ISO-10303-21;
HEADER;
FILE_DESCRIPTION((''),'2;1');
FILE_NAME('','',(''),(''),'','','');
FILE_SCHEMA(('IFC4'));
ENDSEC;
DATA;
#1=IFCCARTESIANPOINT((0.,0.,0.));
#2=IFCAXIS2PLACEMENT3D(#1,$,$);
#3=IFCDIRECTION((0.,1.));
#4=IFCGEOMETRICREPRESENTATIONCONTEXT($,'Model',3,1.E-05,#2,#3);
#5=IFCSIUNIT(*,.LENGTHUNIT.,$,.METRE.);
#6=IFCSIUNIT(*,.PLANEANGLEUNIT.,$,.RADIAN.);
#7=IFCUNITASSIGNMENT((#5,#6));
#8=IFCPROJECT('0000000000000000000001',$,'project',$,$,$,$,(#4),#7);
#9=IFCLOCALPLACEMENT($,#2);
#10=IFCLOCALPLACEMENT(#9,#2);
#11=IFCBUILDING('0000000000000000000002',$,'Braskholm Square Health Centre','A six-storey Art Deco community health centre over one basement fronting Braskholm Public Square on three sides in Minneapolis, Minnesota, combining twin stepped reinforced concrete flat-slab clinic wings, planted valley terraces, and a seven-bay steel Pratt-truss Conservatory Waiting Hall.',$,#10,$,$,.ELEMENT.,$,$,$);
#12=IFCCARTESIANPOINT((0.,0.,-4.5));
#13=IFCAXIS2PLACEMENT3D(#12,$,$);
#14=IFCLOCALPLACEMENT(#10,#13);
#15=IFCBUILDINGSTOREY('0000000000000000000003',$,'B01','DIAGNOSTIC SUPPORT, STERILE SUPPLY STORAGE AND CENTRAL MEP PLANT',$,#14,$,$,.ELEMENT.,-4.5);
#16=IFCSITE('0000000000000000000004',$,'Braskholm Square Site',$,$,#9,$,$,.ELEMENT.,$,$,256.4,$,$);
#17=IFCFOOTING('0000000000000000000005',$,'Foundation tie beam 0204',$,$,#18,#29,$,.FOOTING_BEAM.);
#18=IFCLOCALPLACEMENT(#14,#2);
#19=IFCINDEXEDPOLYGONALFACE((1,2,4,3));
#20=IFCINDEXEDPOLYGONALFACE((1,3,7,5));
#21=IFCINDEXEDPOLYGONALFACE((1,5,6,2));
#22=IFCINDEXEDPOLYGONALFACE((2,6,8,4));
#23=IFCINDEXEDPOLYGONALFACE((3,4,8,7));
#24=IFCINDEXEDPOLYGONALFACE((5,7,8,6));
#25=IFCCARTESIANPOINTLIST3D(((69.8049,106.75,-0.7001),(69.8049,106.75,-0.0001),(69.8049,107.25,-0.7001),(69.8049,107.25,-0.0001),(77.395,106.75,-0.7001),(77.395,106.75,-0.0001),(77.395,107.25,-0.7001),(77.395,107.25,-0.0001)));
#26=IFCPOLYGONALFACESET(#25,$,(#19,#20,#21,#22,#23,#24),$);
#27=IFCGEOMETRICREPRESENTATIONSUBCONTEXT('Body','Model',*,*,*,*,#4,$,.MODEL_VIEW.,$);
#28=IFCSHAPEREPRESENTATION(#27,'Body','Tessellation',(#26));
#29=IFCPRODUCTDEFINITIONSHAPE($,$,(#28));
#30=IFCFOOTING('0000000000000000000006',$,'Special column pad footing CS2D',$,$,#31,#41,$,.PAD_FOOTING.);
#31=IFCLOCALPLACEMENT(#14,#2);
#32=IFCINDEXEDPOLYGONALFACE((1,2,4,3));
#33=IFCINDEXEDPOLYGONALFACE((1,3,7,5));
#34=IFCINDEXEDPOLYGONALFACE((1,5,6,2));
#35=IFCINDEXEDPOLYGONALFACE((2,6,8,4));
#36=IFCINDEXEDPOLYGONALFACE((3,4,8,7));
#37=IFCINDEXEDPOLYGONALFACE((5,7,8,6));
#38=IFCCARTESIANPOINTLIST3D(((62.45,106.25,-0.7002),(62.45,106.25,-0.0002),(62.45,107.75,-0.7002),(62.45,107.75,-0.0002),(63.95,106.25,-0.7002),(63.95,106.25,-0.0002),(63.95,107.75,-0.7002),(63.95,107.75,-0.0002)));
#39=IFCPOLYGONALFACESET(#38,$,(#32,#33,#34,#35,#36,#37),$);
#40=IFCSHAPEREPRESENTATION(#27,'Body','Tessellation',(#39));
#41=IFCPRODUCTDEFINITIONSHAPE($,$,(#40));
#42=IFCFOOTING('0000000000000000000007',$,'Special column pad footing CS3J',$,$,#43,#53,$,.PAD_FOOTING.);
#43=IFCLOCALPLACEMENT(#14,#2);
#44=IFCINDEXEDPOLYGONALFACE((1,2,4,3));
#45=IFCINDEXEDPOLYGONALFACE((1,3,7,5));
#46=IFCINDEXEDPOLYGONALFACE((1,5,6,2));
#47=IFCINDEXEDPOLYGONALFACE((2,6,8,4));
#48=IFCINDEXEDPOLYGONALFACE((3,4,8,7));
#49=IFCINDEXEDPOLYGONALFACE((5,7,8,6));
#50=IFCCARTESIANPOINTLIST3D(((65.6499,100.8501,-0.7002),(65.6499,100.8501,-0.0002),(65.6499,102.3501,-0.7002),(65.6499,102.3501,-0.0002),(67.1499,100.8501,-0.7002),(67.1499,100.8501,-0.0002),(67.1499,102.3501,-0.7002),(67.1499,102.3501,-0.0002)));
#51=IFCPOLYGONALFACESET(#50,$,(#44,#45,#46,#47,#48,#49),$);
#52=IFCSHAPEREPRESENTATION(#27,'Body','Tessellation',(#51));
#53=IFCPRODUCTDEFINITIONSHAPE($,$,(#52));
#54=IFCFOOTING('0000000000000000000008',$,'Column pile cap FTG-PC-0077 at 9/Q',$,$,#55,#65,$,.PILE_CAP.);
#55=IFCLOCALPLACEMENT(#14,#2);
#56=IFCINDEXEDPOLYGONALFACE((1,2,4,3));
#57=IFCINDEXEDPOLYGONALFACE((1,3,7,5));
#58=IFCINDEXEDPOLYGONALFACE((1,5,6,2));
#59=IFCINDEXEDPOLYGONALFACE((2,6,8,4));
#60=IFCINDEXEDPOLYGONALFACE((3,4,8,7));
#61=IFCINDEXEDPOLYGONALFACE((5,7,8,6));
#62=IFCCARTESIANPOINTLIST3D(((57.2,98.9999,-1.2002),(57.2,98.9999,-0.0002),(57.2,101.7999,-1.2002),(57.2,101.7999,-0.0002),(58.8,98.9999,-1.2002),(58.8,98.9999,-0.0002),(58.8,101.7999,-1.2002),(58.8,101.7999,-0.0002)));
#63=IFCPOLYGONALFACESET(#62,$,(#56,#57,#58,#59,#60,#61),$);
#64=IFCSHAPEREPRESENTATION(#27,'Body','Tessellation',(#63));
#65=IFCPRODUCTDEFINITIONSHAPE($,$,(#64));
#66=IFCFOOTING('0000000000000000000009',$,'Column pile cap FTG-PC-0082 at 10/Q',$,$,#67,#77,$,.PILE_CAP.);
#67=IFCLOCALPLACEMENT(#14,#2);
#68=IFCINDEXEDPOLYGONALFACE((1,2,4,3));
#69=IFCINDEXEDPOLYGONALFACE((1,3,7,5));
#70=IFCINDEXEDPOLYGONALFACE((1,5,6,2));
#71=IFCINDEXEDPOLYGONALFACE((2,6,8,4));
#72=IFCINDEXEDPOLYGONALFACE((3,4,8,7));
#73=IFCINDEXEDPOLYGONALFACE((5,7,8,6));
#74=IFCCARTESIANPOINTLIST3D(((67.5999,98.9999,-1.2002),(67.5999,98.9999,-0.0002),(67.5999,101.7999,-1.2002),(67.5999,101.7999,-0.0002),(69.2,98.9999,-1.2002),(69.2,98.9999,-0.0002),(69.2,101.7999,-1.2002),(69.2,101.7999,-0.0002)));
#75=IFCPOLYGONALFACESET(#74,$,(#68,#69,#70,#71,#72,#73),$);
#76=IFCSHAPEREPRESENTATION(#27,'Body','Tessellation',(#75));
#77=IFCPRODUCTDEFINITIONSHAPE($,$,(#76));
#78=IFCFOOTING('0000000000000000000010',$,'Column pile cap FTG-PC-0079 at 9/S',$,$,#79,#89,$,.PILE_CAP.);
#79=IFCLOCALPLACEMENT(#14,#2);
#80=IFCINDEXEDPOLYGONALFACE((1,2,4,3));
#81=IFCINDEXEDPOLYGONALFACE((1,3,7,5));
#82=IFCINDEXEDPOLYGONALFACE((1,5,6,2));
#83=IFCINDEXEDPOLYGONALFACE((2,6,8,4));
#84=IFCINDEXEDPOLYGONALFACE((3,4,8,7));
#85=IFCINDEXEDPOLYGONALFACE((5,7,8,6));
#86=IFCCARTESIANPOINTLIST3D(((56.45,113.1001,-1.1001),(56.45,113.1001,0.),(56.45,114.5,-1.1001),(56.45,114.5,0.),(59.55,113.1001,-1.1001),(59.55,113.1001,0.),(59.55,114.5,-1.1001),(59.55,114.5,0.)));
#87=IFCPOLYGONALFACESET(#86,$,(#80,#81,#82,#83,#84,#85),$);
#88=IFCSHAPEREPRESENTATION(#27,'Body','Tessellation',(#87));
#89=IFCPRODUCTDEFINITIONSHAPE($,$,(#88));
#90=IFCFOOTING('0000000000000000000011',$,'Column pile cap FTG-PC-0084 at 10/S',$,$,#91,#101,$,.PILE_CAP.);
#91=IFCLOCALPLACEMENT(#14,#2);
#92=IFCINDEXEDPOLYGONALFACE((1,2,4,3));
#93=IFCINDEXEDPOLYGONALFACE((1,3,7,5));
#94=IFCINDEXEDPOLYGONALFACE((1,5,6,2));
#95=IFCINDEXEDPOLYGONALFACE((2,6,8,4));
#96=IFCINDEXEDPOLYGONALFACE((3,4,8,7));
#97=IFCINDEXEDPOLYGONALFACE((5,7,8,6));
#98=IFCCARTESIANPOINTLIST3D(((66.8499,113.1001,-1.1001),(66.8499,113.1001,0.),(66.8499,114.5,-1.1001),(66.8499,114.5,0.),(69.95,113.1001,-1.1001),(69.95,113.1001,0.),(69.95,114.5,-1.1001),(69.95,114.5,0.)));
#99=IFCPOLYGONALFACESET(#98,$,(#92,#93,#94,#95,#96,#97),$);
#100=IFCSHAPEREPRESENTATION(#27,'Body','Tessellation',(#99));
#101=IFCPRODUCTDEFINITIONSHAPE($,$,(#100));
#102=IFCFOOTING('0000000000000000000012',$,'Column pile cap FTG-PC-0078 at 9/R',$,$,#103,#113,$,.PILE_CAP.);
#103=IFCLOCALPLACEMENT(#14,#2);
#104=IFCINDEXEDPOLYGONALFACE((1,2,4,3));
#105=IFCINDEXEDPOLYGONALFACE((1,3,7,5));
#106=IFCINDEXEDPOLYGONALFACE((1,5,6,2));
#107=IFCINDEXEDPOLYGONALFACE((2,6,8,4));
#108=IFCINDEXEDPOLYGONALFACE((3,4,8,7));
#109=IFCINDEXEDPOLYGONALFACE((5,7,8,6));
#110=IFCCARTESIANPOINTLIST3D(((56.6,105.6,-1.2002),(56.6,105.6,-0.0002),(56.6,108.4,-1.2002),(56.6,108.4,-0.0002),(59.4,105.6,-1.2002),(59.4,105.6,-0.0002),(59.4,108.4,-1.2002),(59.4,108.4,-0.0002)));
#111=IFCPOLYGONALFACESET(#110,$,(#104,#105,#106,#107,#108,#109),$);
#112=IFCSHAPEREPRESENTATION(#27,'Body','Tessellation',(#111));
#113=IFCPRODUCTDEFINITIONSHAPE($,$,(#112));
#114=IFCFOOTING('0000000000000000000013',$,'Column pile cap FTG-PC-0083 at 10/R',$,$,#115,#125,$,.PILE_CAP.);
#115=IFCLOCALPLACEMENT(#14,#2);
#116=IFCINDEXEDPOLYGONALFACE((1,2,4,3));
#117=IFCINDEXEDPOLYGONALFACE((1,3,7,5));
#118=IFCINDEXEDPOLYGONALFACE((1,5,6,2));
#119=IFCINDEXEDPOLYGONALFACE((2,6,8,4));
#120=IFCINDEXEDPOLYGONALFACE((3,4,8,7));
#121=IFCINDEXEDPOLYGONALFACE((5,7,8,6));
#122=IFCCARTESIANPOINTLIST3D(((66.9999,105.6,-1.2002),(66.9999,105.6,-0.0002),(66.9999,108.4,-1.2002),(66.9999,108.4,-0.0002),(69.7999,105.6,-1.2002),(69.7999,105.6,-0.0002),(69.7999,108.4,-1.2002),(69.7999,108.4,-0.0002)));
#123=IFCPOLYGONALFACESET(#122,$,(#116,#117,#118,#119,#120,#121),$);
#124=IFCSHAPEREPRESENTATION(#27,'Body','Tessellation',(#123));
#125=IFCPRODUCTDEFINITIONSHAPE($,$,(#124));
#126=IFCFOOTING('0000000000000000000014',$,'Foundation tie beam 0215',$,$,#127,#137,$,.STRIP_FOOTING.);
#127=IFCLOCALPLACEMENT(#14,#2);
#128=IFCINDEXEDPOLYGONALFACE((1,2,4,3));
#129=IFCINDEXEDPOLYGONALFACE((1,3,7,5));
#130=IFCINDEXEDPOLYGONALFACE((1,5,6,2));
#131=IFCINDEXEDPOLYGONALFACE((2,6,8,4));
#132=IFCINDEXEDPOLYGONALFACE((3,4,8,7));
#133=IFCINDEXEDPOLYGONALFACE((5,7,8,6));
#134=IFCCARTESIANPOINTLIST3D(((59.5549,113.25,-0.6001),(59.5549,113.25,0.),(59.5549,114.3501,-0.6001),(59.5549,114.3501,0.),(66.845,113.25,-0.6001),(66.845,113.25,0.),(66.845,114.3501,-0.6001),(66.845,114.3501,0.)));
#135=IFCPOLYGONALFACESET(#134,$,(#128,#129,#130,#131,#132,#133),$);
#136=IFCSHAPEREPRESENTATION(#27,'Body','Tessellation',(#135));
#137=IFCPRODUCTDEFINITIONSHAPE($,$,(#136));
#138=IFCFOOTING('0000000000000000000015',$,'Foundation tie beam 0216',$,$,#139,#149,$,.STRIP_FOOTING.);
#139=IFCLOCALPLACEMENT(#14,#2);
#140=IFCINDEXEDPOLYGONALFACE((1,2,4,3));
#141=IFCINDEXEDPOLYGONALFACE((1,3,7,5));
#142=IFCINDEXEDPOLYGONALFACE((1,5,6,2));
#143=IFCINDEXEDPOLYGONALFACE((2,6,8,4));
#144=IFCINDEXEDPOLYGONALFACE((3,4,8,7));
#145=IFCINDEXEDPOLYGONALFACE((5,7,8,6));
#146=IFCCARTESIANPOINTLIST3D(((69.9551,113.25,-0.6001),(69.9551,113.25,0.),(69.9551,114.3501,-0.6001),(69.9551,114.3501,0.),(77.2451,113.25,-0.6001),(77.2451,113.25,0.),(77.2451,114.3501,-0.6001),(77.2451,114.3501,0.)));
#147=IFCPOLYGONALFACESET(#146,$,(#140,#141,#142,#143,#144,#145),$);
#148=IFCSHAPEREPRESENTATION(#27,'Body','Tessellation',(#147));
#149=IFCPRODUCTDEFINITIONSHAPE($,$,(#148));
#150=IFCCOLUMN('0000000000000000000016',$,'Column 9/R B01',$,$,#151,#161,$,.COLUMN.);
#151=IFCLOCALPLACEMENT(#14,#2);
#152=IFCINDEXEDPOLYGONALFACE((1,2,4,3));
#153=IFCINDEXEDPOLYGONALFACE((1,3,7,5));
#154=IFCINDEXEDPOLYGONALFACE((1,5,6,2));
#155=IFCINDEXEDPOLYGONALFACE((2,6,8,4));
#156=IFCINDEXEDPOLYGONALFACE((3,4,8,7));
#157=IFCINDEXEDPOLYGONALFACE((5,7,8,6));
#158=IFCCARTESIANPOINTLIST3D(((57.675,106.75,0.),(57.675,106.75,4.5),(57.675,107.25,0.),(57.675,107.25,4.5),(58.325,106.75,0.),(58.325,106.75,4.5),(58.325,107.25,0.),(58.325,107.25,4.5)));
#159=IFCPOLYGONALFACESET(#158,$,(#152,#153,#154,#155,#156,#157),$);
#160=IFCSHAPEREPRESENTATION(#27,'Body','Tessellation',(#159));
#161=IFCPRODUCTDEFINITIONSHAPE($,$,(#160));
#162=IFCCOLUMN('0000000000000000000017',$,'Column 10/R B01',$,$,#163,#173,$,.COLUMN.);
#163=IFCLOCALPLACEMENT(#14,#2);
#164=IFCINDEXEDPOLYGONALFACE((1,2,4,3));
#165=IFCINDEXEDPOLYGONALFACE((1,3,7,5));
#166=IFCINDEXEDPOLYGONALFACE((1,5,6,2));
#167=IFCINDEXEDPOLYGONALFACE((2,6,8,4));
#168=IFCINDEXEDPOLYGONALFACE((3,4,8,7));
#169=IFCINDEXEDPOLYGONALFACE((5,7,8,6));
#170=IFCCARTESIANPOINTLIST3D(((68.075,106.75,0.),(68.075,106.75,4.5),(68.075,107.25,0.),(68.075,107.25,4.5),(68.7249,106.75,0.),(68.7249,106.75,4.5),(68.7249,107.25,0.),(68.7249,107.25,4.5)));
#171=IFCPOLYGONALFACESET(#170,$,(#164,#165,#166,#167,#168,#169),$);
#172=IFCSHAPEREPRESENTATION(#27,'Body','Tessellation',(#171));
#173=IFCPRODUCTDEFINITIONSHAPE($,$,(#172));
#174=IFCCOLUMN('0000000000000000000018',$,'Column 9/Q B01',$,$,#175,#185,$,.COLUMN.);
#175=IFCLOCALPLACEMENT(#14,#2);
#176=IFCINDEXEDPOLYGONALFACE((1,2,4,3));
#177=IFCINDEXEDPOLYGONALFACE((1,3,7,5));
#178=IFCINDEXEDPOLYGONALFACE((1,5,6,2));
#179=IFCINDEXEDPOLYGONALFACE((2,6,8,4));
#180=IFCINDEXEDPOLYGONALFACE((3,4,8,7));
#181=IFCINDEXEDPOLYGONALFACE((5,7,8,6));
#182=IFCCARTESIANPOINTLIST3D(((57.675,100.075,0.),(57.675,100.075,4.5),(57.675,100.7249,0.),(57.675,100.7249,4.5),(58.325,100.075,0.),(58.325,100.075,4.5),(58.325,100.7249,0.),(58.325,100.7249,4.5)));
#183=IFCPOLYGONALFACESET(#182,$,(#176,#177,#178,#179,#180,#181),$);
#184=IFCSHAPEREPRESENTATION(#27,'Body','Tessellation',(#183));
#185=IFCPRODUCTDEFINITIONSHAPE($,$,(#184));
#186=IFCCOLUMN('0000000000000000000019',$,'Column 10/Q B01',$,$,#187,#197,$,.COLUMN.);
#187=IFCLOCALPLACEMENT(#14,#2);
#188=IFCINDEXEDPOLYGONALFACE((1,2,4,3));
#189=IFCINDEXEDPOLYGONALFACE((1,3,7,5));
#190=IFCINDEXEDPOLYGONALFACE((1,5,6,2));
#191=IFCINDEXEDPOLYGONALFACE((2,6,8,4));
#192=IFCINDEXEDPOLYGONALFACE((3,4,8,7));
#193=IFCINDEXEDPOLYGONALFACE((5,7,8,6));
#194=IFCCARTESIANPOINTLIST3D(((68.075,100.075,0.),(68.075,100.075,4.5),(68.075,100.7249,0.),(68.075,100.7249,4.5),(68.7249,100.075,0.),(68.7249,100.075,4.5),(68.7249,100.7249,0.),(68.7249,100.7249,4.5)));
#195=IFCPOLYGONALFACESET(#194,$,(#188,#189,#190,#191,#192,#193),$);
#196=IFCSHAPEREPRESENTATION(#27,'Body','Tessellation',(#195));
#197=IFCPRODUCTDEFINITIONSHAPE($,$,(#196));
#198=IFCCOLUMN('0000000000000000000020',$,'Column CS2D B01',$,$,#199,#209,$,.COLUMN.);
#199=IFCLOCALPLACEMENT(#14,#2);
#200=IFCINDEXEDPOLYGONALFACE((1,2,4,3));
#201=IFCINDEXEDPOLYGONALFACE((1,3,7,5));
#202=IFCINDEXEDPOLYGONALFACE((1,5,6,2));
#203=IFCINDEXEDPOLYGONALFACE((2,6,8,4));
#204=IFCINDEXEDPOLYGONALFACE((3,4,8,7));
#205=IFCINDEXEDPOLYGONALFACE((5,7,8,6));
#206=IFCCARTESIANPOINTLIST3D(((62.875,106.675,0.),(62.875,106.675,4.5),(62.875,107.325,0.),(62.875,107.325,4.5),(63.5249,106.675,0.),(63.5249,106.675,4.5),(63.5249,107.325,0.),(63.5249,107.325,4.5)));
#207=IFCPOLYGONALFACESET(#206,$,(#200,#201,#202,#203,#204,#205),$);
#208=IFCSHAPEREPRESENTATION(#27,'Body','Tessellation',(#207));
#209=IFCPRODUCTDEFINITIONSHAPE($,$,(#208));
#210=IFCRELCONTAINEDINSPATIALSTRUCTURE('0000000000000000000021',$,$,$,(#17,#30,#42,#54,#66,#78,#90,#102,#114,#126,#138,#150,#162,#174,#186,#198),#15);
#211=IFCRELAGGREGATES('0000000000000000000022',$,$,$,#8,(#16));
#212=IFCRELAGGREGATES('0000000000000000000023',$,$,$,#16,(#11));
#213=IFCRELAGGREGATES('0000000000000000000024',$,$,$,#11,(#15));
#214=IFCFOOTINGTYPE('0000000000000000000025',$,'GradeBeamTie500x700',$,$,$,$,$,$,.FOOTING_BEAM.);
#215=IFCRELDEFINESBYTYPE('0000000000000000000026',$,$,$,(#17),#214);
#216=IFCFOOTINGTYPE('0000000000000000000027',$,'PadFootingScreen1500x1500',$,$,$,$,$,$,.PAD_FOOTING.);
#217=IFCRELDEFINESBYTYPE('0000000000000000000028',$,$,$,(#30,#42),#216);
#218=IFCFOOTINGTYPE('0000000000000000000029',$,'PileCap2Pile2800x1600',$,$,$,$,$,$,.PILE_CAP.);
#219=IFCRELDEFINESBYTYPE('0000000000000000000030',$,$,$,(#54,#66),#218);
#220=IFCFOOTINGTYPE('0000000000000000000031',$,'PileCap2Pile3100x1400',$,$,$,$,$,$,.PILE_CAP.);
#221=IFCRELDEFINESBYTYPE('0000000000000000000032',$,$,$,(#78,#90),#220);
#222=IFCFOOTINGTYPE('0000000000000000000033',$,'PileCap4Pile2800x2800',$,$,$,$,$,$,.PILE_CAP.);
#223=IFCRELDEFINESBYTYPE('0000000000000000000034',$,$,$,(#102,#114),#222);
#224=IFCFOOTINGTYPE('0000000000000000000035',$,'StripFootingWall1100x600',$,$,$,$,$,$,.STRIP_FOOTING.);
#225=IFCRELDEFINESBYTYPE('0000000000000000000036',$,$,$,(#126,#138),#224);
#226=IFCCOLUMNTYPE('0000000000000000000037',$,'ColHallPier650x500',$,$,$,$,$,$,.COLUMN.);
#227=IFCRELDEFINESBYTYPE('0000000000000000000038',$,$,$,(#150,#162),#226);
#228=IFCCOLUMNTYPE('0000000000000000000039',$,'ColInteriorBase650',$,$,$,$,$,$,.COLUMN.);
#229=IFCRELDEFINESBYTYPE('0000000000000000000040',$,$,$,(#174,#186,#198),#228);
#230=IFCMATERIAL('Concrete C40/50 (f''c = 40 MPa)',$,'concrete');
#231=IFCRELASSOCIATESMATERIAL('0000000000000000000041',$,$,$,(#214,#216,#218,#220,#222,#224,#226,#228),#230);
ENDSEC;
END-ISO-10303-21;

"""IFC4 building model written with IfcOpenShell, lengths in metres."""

from ifc_helpers import new_model, si_unit, direction, frame, origin, origin_2d, place, context, subcontext, project, spatial, rectangle, extrude, material, material_profile, profile_set, type_object, element, save


model = new_model("IFC4")

# Units and contexts
model_context = context("Model", 3, precision=1e-05, world=origin(), true_north=direction((0.0, 1.0)))
body_context = subcontext(model_context, "Body", "Model", "MODEL_VIEW")
ifc_project = project(units=[si_unit("LENGTHUNIT", "METRE"), si_unit("PLANEANGLEUNIT", "RADIAN")], contexts=[model_context])

# Site, building, storey
site_placement = place(None, origin())
site = spatial("IfcSite", under=ifc_project, at=site_placement, Name="Braskholm Square Site", CompositionType="ELEMENT", RefElevation=256.4)
building_placement = place(site_placement, origin())
building = spatial("IfcBuilding", under=site, at=building_placement, Name="Braskholm Square Health Centre", Description="A six-storey Art Deco community health centre over one basement fronting Braskholm Public Square on three sides in Minneapolis, Minnesota, combining twin stepped reinforced concrete flat-slab clinic wings, planted valley terraces, and a seven-bay steel Pratt-truss Conservatory Waiting Hall.", CompositionType="ELEMENT")
storey_placement = place(building_placement, frame((0.0, 0.0, -4.5)))
storey = spatial("IfcBuildingStorey", under=building, at=storey_placement, Name="B01", Description="DIAGNOSTIC SUPPORT, STERILE SUPPLY STORAGE AND CENTRAL MEP PLANT", CompositionType="ELEMENT", Elevation=-4.5)

# Shared definitions
ifc_material_1 = material(Name="Concrete C40/50 (f'c = 40 MPa)", Category="concrete")

# Footings
ifc_material_profile_1 = material_profile(ifc_material_1, rectangle(XDim=0.5, YDim=0.7, at=origin_2d()), Name="FTG-500X700")
ifc_profile_set_1 = profile_set([ifc_material_profile_1], Name="Concrete C40/50 (f'c = 40 MPa)")
footing_type_1 = type_object("IfcFootingType", Name="GradeBeamTie500x700", PredefinedType="FOOTING_BEAM", material=ifc_profile_set_1)
footing_1_placement = place(storey_placement, frame((69.8049, 107.0, -0.3501), z_axis=(1.0, 0.0, 0.0), x_axis=(0.0, 1.0, 0.0)))
element("IfcFooting", 1, at=footing_1_placement, inside=storey, type_object=footing_type_1, Name="Foundation tie beam 0204", PredefinedType="FOOTING_BEAM", context=body_context, shape_type="SweptSolid", body=[
    extrude(rectangle(XDim=0.5, YDim=0.7, at=origin_2d()), origin(), (0.0, 0.0, 1.0), 7.5901),
])
footing_type_2 = type_object("IfcFootingType", Name="PadFootingScreen1500x1500", PredefinedType="PAD_FOOTING", material=ifc_material_1)
for number, where, z_axis, x_axis, name in (
    (2, (63.2, 107.0, -0.7002), (0.0, 0.0, 1.0), (1.0, 0.0, 0.0), "Special column pad footing CS2D"),
    (3, (66.3999, 101.6001, -0.7002), (0.0, 0.0, 1.0), (1.0, 0.0, 0.0), "Special column pad footing CS3J"),
):
    element("IfcFooting", number, at=place(storey_placement, frame(where, z_axis=z_axis, x_axis=x_axis)), inside=storey, type_object=footing_type_2, Name=name, PredefinedType="PAD_FOOTING", context=body_context, shape_type="SweptSolid", body=[
        extrude(rectangle(XDim=1.5, YDim=1.5, at=origin_2d()), origin(), (0.0, 0.0, 1.0), 0.7),
    ])
footing_type_3 = type_object("IfcFootingType", Name="PileCap2Pile2800x1600", PredefinedType="PILE_CAP", material=ifc_material_1)
for number, where, z_axis, x_axis, name in (
    (4, (58.0, 100.3999, -1.2002), (0.0, 0.0, 1.0), (0.0, 1.0, 0.0), "Column pile cap FTG-PC-0077 at 9/Q"),
    (5, (68.3999, 100.3999, -1.2002), (0.0, 0.0, 1.0), (0.0, 1.0, 0.0), "Column pile cap FTG-PC-0082 at 10/Q"),
):
    element("IfcFooting", number, at=place(storey_placement, frame(where, z_axis=z_axis, x_axis=x_axis)), inside=storey, type_object=footing_type_3, Name=name, PredefinedType="PILE_CAP", context=body_context, shape_type="SweptSolid", body=[
        extrude(rectangle(XDim=2.8, YDim=1.6001, at=origin_2d()), origin(), (0.0, 0.0, 1.0), 1.2),
    ])
footing_type_4 = type_object("IfcFootingType", Name="PileCap2Pile3100x1400", PredefinedType="PILE_CAP", material=ifc_material_1)
for number, where, z_axis, x_axis, name in (
    (6, (58.0, 113.8, -1.1001), (0.0, 0.0, 1.0), (1.0, 0.0, 0.0), "Column pile cap FTG-PC-0079 at 9/S"),
    (7, (68.3999, 113.8, -1.1001), (0.0, 0.0, 1.0), (1.0, 0.0, 0.0), "Column pile cap FTG-PC-0084 at 10/S"),
):
    element("IfcFooting", number, at=place(storey_placement, frame(where, z_axis=z_axis, x_axis=x_axis)), inside=storey, type_object=footing_type_4, Name=name, PredefinedType="PILE_CAP", context=body_context, shape_type="SweptSolid", body=[
        extrude(rectangle(XDim=3.1001, YDim=1.3999, at=origin_2d()), origin(), (0.0, 0.0, 1.0), 1.1001),
    ])
footing_type_5 = type_object("IfcFootingType", Name="PileCap4Pile2800x2800", PredefinedType="PILE_CAP", material=ifc_material_1)
for number, where, z_axis, x_axis, name in (
    (8, (58.0, 107.0, -1.2002), (0.0, 0.0, 1.0), (1.0, 0.0, 0.0), "Column pile cap FTG-PC-0078 at 9/R"),
    (9, (68.3999, 107.0, -1.2002), (0.0, 0.0, 1.0), (1.0, 0.0, 0.0), "Column pile cap FTG-PC-0083 at 10/R"),
):
    element("IfcFooting", number, at=place(storey_placement, frame(where, z_axis=z_axis, x_axis=x_axis)), inside=storey, type_object=footing_type_5, Name=name, PredefinedType="PILE_CAP", context=body_context, shape_type="SweptSolid", body=[
        extrude(rectangle(XDim=2.8, YDim=2.8, at=origin_2d()), origin(), (0.0, 0.0, 1.0), 1.2),
    ])
ifc_material_profile_2 = material_profile(ifc_material_1, rectangle(XDim=1.1001, YDim=0.6001, at=origin_2d()), Name="FTG-1100X600")
ifc_profile_set_2 = profile_set([ifc_material_profile_2], Name="Concrete C40/50 (f'c = 40 MPa)")
footing_type_6 = type_object("IfcFootingType", Name="StripFootingWall1100x600", PredefinedType="STRIP_FOOTING", material=ifc_profile_set_2)
for number, where, z_axis, x_axis, name in (
    (10, (59.5549, 113.8, -0.3), (1.0, 0.0, 0.0), (0.0, 1.0, 0.0), "Foundation tie beam 0215"),
    (11, (69.9551, 113.8, -0.3), (1.0, 0.0, 0.0), (0.0, 1.0, 0.0), "Foundation tie beam 0216"),
):
    element("IfcFooting", number, at=place(storey_placement, frame(where, z_axis=z_axis, x_axis=x_axis)), inside=storey, type_object=footing_type_6, Name=name, PredefinedType="STRIP_FOOTING", context=body_context, shape_type="SweptSolid", body=[
        extrude(rectangle(XDim=1.1001, YDim=0.6001, at=origin_2d()), origin(), (0.0, 0.0, 1.0), 7.29),
    ])

# Columns
ifc_material_profile_3 = material_profile(ifc_material_1, rectangle(XDim=0.6499, YDim=0.5, at=origin_2d()), Name="RC-650X500")
ifc_profile_set_3 = profile_set([ifc_material_profile_3], Name="Concrete C40/50 (f'c = 40 MPa)")
column_type_1 = type_object("IfcColumnType", Name="ColHallPier650x500", PredefinedType="COLUMN", material=ifc_profile_set_3)
for number, where, z_axis, x_axis, name in (
    (12, (58.0, 107.0, 0.0), (0.0, 0.0, 1.0), (1.0, 0.0, 0.0), "Column 9/R B01"),
    (13, (68.3999, 107.0, 0.0), (0.0, 0.0, 1.0), (1.0, 0.0, 0.0), "Column 10/R B01"),
):
    element("IfcColumn", number, at=place(storey_placement, frame(where, z_axis=z_axis, x_axis=x_axis)), inside=storey, type_object=column_type_1, Name=name, PredefinedType="COLUMN", context=body_context, shape_type="SweptSolid", body=[
        extrude(rectangle(XDim=0.6499, YDim=0.5, at=origin_2d()), origin(), (0.0, 0.0, 1.0), 4.5),
    ])
ifc_material_profile_4 = material_profile(ifc_material_1, rectangle(XDim=0.6499, YDim=0.6499, at=origin_2d()), Name="RC-650X650")
ifc_profile_set_4 = profile_set([ifc_material_profile_4], Name="Concrete C40/50 (f'c = 40 MPa)")
column_type_2 = type_object("IfcColumnType", Name="ColInteriorBase650", PredefinedType="COLUMN", material=ifc_profile_set_4)
for number, where, z_axis, x_axis, name in (
    (14, (58.0, 100.3999, 0.0), (0.0, 0.0, 1.0), (1.0, 0.0, 0.0), "Column 9/Q B01"),
    (15, (68.3999, 100.3999, 0.0), (0.0, 0.0, 1.0), (1.0, 0.0, 0.0), "Column 10/Q B01"),
    (16, (63.2, 107.0, 0.0), (0.0, 0.0, 1.0), (1.0, 0.0, 0.0), "Column CS2D B01"),
):
    element("IfcColumn", number, at=place(storey_placement, frame(where, z_axis=z_axis, x_axis=x_axis)), inside=storey, type_object=column_type_2, Name=name, PredefinedType="COLUMN", context=body_context, shape_type="SweptSolid", body=[
        extrude(rectangle(XDim=0.6499, YDim=0.6499, at=origin_2d()), origin(), (0.0, 0.0, 1.0), 4.5),
    ])

save(model, "model.ifc")
